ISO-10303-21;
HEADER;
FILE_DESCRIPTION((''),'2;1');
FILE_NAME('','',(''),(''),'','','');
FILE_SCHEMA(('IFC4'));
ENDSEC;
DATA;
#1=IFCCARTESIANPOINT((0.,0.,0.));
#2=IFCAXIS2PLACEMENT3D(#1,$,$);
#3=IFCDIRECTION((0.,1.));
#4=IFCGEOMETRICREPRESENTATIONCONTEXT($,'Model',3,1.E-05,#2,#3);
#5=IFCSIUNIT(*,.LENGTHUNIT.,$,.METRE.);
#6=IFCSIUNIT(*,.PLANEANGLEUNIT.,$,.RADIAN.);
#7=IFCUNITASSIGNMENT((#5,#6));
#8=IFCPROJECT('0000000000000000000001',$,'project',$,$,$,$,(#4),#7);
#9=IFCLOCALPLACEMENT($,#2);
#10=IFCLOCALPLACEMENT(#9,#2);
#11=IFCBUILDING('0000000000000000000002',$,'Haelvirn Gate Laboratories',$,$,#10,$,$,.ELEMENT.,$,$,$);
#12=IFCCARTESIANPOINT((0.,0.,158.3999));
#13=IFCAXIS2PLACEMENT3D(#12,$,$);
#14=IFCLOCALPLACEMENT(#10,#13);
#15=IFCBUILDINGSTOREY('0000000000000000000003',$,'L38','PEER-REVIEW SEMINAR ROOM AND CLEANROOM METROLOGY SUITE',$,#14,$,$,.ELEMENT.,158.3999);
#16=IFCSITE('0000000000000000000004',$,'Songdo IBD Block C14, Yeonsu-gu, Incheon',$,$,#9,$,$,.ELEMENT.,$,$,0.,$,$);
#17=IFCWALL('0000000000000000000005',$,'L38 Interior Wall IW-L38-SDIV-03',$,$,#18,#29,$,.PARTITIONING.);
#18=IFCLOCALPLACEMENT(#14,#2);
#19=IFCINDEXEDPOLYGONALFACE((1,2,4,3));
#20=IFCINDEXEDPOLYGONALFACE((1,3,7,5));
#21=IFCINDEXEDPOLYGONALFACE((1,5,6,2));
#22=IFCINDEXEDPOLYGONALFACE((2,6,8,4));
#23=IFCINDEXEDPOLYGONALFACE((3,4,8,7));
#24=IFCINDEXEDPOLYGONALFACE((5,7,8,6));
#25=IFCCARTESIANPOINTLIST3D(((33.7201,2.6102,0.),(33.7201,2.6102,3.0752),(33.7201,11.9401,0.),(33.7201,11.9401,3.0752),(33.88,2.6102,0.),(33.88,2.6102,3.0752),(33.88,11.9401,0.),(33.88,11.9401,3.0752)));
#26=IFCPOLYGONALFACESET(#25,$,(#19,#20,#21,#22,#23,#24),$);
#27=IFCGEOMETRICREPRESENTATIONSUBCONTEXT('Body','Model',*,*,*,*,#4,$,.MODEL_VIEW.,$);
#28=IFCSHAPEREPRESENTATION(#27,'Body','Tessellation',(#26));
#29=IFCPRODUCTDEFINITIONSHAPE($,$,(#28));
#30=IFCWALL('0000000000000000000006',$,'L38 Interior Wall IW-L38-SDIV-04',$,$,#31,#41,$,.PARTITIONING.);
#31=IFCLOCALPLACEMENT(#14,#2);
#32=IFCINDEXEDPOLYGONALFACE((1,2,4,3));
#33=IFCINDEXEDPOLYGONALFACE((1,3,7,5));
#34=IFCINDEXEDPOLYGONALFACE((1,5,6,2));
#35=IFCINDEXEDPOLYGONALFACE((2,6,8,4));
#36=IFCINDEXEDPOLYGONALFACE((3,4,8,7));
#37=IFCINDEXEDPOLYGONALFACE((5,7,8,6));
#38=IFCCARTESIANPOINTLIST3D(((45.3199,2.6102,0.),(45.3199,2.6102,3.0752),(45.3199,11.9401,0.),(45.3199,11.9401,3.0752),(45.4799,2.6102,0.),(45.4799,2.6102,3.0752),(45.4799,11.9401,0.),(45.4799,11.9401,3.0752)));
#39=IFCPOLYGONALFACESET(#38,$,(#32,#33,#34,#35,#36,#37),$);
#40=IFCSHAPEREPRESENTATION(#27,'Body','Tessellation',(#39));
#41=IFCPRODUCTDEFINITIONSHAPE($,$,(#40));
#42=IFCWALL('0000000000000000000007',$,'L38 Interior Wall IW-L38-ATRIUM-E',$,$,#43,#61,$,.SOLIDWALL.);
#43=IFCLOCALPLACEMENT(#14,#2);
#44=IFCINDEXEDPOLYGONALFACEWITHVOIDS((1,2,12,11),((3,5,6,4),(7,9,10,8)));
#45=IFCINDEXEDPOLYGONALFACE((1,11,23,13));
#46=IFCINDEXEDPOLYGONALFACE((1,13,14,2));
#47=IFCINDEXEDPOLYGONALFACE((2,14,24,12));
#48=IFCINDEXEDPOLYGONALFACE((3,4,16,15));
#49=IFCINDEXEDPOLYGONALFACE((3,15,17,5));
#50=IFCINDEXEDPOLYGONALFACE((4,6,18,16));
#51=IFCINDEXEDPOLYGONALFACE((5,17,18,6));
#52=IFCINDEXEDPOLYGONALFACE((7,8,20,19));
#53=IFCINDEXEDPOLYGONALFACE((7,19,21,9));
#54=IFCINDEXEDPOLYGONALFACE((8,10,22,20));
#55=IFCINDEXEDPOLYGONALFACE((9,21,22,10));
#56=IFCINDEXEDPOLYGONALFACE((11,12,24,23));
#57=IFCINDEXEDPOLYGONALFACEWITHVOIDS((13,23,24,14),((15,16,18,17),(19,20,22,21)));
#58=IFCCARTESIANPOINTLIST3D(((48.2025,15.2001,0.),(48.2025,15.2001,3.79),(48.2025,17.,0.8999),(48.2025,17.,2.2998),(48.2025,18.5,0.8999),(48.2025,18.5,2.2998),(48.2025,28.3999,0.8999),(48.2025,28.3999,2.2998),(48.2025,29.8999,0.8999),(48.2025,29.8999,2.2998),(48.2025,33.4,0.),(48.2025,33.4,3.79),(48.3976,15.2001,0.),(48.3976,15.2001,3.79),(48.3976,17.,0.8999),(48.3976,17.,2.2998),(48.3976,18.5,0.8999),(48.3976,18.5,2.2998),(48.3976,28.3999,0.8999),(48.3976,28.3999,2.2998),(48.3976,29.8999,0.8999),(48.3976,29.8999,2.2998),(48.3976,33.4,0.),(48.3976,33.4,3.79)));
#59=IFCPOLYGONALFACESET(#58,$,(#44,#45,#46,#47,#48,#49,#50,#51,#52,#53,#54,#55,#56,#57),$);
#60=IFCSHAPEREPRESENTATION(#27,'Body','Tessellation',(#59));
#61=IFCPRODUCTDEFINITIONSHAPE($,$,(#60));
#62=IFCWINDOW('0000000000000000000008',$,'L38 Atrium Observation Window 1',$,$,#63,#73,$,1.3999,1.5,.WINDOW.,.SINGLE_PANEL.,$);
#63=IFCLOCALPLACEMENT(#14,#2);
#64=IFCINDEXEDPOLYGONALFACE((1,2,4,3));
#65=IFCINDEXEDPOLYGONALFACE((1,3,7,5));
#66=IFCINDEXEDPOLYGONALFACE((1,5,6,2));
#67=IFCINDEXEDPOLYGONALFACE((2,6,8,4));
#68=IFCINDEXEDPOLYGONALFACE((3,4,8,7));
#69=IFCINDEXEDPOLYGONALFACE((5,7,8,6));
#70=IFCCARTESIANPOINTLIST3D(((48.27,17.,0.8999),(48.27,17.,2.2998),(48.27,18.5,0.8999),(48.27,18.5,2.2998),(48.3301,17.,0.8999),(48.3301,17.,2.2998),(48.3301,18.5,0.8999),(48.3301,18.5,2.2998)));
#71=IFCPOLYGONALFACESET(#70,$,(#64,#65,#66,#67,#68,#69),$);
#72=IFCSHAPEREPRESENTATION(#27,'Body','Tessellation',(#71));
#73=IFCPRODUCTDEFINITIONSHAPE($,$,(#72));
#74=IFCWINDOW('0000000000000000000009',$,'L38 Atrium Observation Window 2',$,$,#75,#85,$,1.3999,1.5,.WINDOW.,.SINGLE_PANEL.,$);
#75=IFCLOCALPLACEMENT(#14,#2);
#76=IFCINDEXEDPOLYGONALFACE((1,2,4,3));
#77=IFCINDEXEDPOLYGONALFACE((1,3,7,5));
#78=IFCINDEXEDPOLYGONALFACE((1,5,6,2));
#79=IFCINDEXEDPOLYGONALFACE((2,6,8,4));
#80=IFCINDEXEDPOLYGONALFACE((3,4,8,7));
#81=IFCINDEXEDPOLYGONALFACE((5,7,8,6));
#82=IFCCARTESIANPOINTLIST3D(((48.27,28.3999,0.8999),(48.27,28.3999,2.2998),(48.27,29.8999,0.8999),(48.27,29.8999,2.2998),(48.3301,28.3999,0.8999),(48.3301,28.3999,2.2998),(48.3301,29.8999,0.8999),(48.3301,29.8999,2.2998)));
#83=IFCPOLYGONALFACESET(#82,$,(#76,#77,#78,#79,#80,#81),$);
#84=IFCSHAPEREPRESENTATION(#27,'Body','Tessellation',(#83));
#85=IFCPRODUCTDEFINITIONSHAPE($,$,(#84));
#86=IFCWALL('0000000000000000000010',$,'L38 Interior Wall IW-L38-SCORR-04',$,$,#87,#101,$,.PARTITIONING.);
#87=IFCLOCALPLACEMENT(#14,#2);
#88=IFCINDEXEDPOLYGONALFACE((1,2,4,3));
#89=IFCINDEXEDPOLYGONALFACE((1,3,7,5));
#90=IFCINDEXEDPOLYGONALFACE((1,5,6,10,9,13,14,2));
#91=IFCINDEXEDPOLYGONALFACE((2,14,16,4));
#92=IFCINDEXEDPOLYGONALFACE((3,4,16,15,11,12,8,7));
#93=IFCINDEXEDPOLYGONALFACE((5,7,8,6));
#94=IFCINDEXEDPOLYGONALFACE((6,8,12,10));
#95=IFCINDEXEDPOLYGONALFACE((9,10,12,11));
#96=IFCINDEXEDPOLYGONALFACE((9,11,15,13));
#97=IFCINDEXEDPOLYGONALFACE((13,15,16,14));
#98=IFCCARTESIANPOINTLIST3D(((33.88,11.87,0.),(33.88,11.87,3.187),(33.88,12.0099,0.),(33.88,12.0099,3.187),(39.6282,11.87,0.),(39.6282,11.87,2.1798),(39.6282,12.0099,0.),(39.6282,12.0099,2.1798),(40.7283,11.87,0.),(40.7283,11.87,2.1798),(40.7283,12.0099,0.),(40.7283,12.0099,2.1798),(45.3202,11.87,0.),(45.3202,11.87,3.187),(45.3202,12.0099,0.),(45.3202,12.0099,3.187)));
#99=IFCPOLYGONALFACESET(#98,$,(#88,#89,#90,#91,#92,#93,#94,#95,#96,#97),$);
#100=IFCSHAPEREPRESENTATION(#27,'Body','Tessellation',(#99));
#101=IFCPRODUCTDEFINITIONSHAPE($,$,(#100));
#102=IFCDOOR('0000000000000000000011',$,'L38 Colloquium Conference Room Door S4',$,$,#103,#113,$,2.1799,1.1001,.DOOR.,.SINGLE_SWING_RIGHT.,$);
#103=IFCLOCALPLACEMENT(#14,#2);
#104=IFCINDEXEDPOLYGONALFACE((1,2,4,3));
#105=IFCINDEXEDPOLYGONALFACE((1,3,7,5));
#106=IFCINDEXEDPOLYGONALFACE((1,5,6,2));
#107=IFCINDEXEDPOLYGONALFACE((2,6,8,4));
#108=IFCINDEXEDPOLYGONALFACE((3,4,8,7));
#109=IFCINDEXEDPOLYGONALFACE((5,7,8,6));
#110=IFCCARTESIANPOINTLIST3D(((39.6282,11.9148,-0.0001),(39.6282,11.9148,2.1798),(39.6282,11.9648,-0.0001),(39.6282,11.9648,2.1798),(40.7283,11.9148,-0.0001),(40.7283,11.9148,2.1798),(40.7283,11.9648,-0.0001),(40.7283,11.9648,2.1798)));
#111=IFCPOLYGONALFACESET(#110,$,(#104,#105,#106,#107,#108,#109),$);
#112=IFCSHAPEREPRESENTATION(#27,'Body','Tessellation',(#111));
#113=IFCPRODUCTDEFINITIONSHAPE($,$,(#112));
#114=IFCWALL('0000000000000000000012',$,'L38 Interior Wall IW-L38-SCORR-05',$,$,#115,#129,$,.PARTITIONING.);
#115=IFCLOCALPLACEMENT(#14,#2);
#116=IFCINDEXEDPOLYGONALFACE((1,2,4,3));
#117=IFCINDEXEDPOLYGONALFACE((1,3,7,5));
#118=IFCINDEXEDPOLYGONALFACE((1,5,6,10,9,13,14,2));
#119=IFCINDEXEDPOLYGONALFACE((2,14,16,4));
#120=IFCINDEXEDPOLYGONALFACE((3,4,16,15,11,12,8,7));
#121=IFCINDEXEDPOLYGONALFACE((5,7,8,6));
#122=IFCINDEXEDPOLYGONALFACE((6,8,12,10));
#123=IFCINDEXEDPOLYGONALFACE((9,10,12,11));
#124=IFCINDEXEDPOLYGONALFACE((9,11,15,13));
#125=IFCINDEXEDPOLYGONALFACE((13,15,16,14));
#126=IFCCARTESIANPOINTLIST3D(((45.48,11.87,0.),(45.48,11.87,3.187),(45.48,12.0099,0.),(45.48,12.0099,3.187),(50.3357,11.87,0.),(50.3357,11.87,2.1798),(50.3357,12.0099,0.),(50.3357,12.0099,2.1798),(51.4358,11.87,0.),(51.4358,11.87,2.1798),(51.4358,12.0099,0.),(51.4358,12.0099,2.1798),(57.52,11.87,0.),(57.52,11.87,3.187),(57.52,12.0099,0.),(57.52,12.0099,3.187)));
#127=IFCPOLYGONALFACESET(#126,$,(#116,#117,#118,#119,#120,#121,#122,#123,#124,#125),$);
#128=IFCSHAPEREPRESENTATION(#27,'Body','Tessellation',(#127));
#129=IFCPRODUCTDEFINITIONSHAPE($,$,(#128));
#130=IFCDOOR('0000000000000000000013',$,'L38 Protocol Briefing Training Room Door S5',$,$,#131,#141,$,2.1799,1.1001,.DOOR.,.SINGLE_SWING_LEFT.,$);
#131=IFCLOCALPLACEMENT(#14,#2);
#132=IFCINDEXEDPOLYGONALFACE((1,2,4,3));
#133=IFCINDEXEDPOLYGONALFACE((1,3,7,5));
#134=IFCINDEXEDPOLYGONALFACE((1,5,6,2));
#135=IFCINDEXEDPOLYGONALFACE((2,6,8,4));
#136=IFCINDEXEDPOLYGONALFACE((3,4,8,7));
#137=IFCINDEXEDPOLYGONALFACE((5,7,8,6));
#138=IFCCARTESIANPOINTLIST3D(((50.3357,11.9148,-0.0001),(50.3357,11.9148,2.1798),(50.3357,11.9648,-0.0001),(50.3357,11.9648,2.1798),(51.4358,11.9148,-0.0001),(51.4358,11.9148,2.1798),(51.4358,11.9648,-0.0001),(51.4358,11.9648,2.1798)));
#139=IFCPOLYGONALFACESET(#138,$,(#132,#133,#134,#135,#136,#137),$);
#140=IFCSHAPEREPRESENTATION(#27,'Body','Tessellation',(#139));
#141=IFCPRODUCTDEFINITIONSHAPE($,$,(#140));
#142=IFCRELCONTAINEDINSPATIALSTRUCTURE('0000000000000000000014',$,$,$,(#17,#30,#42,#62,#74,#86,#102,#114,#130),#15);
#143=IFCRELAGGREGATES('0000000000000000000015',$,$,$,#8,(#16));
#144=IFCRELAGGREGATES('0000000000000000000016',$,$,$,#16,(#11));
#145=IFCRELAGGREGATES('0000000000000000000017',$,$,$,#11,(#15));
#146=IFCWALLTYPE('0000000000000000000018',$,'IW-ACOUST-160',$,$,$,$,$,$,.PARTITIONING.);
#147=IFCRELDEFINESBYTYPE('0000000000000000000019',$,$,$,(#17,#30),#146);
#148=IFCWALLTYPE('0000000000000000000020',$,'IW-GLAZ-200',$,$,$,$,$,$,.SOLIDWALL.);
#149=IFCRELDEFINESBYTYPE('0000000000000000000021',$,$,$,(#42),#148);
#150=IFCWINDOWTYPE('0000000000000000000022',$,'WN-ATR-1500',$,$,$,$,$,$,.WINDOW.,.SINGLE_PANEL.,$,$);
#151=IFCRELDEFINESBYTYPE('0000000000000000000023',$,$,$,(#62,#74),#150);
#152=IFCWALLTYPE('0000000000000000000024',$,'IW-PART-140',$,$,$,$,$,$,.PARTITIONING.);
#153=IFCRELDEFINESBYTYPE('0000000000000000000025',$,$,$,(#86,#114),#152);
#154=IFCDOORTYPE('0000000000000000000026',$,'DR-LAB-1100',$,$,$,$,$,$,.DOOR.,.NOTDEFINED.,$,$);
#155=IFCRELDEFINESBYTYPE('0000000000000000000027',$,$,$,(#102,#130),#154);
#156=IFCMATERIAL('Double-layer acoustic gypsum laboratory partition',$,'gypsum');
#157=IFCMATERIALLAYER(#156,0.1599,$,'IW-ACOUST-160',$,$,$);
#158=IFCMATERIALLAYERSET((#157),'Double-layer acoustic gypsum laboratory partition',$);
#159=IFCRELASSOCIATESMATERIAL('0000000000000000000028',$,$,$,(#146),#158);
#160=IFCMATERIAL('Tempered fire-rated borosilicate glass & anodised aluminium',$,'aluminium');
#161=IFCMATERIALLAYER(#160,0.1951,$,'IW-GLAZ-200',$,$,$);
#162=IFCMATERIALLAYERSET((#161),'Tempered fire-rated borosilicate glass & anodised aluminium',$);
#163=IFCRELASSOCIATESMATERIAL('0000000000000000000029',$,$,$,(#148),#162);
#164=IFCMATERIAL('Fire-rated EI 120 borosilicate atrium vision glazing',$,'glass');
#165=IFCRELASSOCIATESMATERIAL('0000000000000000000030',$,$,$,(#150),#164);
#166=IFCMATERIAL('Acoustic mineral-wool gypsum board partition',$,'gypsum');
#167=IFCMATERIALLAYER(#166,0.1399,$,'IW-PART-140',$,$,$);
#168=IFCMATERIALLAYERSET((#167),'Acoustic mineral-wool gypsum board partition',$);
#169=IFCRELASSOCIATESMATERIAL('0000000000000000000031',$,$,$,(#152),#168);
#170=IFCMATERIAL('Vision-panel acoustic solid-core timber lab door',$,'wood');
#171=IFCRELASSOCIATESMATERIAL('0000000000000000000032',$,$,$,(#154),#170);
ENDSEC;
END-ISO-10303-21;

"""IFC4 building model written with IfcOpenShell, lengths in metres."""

from ifc_helpers import new_model, si_unit, direction, frame, frame_2d, origin, place, context, subcontext, project, spatial, rectangle, extrude, source, transform, mapped, material, layer, layer_set, type_object, type_shapes, element, fill, save


model = new_model("IFC4")

# Units and contexts
model_context = context("Model", 3, precision=1e-05, world=origin(), true_north=direction((0.0, 1.0)))
body_context = subcontext(model_context, "Body", "Model", "MODEL_VIEW")
ifc_project = project(units=[si_unit("LENGTHUNIT", "METRE"), si_unit("PLANEANGLEUNIT", "RADIAN")], contexts=[model_context])

# Site, building, storey
site_placement = place(None, origin())
site = spatial("IfcSite", under=ifc_project, at=site_placement, Name="Songdo IBD Block C14, Yeonsu-gu, Incheon", CompositionType="ELEMENT", RefElevation=0.0)
building_placement = place(site_placement, origin())
building = spatial("IfcBuilding", under=site, at=building_placement, Name="Haelvirn Gate Laboratories", CompositionType="ELEMENT")
storey_placement = place(building_placement, frame((0.0, 0.0, 158.3999)))
storey = spatial("IfcBuildingStorey", under=building, at=storey_placement, Name="L38", Description="PEER-REVIEW SEMINAR ROOM AND CLEANROOM METROLOGY SUITE", CompositionType="ELEMENT", Elevation=158.3999)

# Walls
ifc_material_1 = material(Name="Double-layer acoustic gypsum laboratory partition", Category="gypsum")
ifc_layer_1 = layer(ifc_material_1, 0.1599, Name="IW-ACOUST-160")
ifc_layer_set_1 = layer_set([ifc_layer_1], Name="Double-layer acoustic gypsum laboratory partition")
wall_type_1 = type_object("IfcWallType", Name="IW-ACOUST-160", PredefinedType="PARTITIONING", material=ifc_layer_set_1)
for number, where, z_axis, x_axis, name in (
    (1, (33.8, 2.6101, 0.0), (0.0, 0.0, 1.0), (0.0, 1.0, 0.0), "L38 Interior Wall IW-L38-SDIV-03"),
    (2, (45.3999, 2.6101, 0.0), (0.0, 0.0, 1.0), (0.0, 1.0, 0.0), "L38 Interior Wall IW-L38-SDIV-04"),
):
    element("IfcWall", number, at=place(storey_placement, frame(where, z_axis=z_axis, x_axis=x_axis)), inside=storey, type_object=wall_type_1, Name=name, PredefinedType="PARTITIONING", context=body_context, shape_type="SweptSolid", body=[
        extrude(rectangle(XDim=9.3298, YDim=0.1599, at=frame_2d((4.665, 0.0))), origin(), (0.0, 0.0, 1.0), 3.0752),
    ])

# Wall, openings, windows
ifc_material_2 = material(Name="Tempered fire-rated borosilicate glass & anodised aluminium", Category="aluminium")
ifc_layer_2 = layer(ifc_material_2, 0.1951, Name="IW-GLAZ-200")
ifc_layer_set_2 = layer_set([ifc_layer_2], Name="Tempered fire-rated borosilicate glass & anodised aluminium")
wall_type_2 = type_object("IfcWallType", Name="IW-GLAZ-200", PredefinedType="SOLIDWALL", material=ifc_layer_set_2)
wall_1_placement = place(storey_placement, frame((48.3, 15.2, 0.0), z_axis=(0.0, 0.0, 1.0), x_axis=(0.0, 1.0, 0.0)))
wall_1 = element("IfcWall", 3, at=wall_1_placement, inside=storey, type_object=wall_type_2, Name="L38 Interior Wall IW-L38-ATRIUM-E", PredefinedType="SOLIDWALL", context=body_context, shape_type="SweptSolid", body=[
    extrude(rectangle(XDim=18.2, YDim=0.1951, at=frame_2d((9.1001, 0.0))), origin(), (0.0, 0.0, 1.0), 3.79),
])
opening_1_placement = place(wall_1_placement, frame((1.8, 0.0, 0.8999)))
opening_1 = element("IfcOpeningElement", 4, at=opening_1_placement, cuts=wall_1, PredefinedType="OPENING", context=body_context, shape_type="SweptSolid", body=[
    extrude(rectangle(XDim=1.5, YDim=1.3999, at=frame_2d((0.75, 0.7))), frame((0.0, 0.1074, 0.0), z_axis=(0.0, -1.0, 0.0), x_axis=(1.0, 0.0, 0.0)), (0.0, 0.0, 1.0), 0.2151),
])
opening_2_placement = place(wall_1_placement, frame((13.2, 0.0, 0.8999)))
opening_2 = element("IfcOpeningElement", 5, at=opening_2_placement, cuts=wall_1, PredefinedType="OPENING", context=body_context, shape_type="SweptSolid", body=[
    extrude(rectangle(XDim=1.5, YDim=1.3999, at=frame_2d((0.75, 0.7))), frame((0.0, 0.1074, 0.0), z_axis=(0.0, -1.0, 0.0), x_axis=(1.0, 0.0, 0.0)), (0.0, 0.0, 1.0), 0.2151),
])
ifc_material_3 = material(Name="Fire-rated EI 120 borosilicate atrium vision glazing", Category="glass")
window_type = type_object("IfcWindowType", Name="WN-ATR-1500", PartitioningType="SINGLE_PANEL", PredefinedType="WINDOW", material=ifc_material_3)
shared_shape_1 = source(origin(), body_context, "Body", "SweptSolid", [
    extrude(rectangle(XDim=1.5, YDim=1.3999, at=frame_2d((0.75, 0.7))), frame((0.0, 0.03, 0.0), z_axis=(0.0, -1.0, 0.0), x_axis=(1.0, 0.0, 0.0)), (0.0, 0.0, 1.0), 0.0601),
])
type_shapes(window_type, [shared_shape_1])
window_1_placement = place(opening_1_placement, origin())
window_1 = element("IfcWindow", 6, at=window_1_placement, inside=storey, type_object=window_type, Name="L38 Atrium Observation Window 1", OverallHeight=1.3999, OverallWidth=1.5, PartitioningType="SINGLE_PANEL", PredefinedType="WINDOW", context=body_context, shape_type="MappedRepresentation", body=[
    mapped(shared_shape_1, transform((0.0, 0.0, 0.0), scale=1.0)),
])
fill(opening_1, window_1)
window_2_placement = place(opening_2_placement, origin())
window_2 = element("IfcWindow", 7, at=window_2_placement, inside=storey, type_object=window_type, Name="L38 Atrium Observation Window 2", OverallHeight=1.3999, OverallWidth=1.5, PartitioningType="SINGLE_PANEL", PredefinedType="WINDOW", context=body_context, shape_type="MappedRepresentation", body=[
    mapped(shared_shape_1, transform((0.0, 0.0, 0.0), scale=1.0)),
])
fill(opening_2, window_2)

# Walls, openings, doors
ifc_material_4 = material(Name="Acoustic mineral-wool gypsum board partition", Category="gypsum")
ifc_layer_3 = layer(ifc_material_4, 0.1399, Name="IW-PART-140")
ifc_layer_set_3 = layer_set([ifc_layer_3], Name="Acoustic mineral-wool gypsum board partition")
wall_type_3 = type_object("IfcWallType", Name="IW-PART-140", PredefinedType="PARTITIONING", material=ifc_layer_set_3)
wall_2_placement = place(storey_placement, frame((33.8799, 11.9399, 0.0), z_axis=(0.0, 0.0, 1.0), x_axis=(1.0, 0.0, 0.0)))
wall_2 = element("IfcWall", 8, at=wall_2_placement, inside=storey, type_object=wall_type_3, Name="L38 Interior Wall IW-L38-SCORR-04", PredefinedType="PARTITIONING", context=body_context, shape_type="SweptSolid", body=[
    extrude(rectangle(XDim=11.4402, YDim=0.1399, at=frame_2d((5.7202, 0.0))), origin(), (0.0, 0.0, 1.0), 3.187),
])
opening_3_placement = place(wall_2_placement, frame((5.7483, 0.0, 0.0)))
opening_3 = element("IfcOpeningElement", 9, at=opening_3_placement, cuts=wall_2, PredefinedType="OPENING", context=body_context, shape_type="SweptSolid", body=[
    extrude(rectangle(XDim=1.1001, YDim=2.1799, at=frame_2d((0.55, 1.0898))), frame((0.0, 0.0801, 0.0), z_axis=(0.0, -1.0, 0.0), x_axis=(1.0, 0.0, 0.0)), (0.0, 0.0, 1.0), 0.1599),
])
ifc_material_5 = material(Name="Vision-panel acoustic solid-core timber lab door", Category="wood")
door_type = type_object("IfcDoorType", Name="DR-LAB-1100", OperationType="NOTDEFINED", PredefinedType="DOOR", material=ifc_material_5)
shared_shape_2 = source(origin(), body_context, "Body", "SweptSolid", [
    extrude(rectangle(XDim=1.1001, YDim=2.1799, at=frame_2d((0.55, 1.0898))), frame((0.0, 0.0249, 0.0), z_axis=(0.0, -1.0, 0.0), x_axis=(1.0, 0.0, 0.0)), (0.0, 0.0, 1.0), 0.05),
])
type_shapes(door_type, [shared_shape_2])
door_1_placement = place(opening_3_placement, origin())
door_1 = element("IfcDoor", 10, at=door_1_placement, inside=storey, type_object=door_type, Name="L38 Colloquium Conference Room Door S4", OperationType="SINGLE_SWING_RIGHT", OverallHeight=2.1799, OverallWidth=1.1001, PredefinedType="DOOR", context=body_context, shape_type="MappedRepresentation", body=[
    mapped(shared_shape_2, transform((0.0, 0.0, 0.0), scale=1.0)),
])
fill(opening_3, door_1)
wall_3_placement = place(storey_placement, frame((45.48, 11.9399, 0.0), z_axis=(0.0, 0.0, 1.0), x_axis=(1.0, 0.0, 0.0)))
wall_3 = element("IfcWall", 11, at=wall_3_placement, inside=storey, type_object=wall_type_3, Name="L38 Interior Wall IW-L38-SCORR-05", PredefinedType="PARTITIONING", context=body_context, shape_type="SweptSolid", body=[
    extrude(rectangle(XDim=12.04, YDim=0.1399, at=frame_2d((6.02, 0.0))), origin(), (0.0, 0.0, 1.0), 3.187),
])
opening_4_placement = place(wall_3_placement, frame((4.8557, 0.0, 0.0)))
opening_4 = element("IfcOpeningElement", 12, at=opening_4_placement, cuts=wall_3, PredefinedType="OPENING", context=body_context, shape_type="SweptSolid", body=[
    extrude(rectangle(XDim=1.1001, YDim=2.1799, at=frame_2d((0.55, 1.0898))), frame((0.0, 0.0801, 0.0), z_axis=(0.0, -1.0, 0.0), x_axis=(1.0, 0.0, 0.0)), (0.0, 0.0, 1.0), 0.1599),
])
door_2_placement = place(opening_4_placement, origin())
door_2 = element("IfcDoor", 13, at=door_2_placement, inside=storey, type_object=door_type, Name="L38 Protocol Briefing Training Room Door S5", OperationType="SINGLE_SWING_LEFT", OverallHeight=2.1799, OverallWidth=1.1001, PredefinedType="DOOR", context=body_context, shape_type="MappedRepresentation", body=[
    mapped(shared_shape_2, transform((0.0, 0.0, 0.0), scale=1.0)),
])
fill(opening_4, door_2)

save(model, "model.ifc")
